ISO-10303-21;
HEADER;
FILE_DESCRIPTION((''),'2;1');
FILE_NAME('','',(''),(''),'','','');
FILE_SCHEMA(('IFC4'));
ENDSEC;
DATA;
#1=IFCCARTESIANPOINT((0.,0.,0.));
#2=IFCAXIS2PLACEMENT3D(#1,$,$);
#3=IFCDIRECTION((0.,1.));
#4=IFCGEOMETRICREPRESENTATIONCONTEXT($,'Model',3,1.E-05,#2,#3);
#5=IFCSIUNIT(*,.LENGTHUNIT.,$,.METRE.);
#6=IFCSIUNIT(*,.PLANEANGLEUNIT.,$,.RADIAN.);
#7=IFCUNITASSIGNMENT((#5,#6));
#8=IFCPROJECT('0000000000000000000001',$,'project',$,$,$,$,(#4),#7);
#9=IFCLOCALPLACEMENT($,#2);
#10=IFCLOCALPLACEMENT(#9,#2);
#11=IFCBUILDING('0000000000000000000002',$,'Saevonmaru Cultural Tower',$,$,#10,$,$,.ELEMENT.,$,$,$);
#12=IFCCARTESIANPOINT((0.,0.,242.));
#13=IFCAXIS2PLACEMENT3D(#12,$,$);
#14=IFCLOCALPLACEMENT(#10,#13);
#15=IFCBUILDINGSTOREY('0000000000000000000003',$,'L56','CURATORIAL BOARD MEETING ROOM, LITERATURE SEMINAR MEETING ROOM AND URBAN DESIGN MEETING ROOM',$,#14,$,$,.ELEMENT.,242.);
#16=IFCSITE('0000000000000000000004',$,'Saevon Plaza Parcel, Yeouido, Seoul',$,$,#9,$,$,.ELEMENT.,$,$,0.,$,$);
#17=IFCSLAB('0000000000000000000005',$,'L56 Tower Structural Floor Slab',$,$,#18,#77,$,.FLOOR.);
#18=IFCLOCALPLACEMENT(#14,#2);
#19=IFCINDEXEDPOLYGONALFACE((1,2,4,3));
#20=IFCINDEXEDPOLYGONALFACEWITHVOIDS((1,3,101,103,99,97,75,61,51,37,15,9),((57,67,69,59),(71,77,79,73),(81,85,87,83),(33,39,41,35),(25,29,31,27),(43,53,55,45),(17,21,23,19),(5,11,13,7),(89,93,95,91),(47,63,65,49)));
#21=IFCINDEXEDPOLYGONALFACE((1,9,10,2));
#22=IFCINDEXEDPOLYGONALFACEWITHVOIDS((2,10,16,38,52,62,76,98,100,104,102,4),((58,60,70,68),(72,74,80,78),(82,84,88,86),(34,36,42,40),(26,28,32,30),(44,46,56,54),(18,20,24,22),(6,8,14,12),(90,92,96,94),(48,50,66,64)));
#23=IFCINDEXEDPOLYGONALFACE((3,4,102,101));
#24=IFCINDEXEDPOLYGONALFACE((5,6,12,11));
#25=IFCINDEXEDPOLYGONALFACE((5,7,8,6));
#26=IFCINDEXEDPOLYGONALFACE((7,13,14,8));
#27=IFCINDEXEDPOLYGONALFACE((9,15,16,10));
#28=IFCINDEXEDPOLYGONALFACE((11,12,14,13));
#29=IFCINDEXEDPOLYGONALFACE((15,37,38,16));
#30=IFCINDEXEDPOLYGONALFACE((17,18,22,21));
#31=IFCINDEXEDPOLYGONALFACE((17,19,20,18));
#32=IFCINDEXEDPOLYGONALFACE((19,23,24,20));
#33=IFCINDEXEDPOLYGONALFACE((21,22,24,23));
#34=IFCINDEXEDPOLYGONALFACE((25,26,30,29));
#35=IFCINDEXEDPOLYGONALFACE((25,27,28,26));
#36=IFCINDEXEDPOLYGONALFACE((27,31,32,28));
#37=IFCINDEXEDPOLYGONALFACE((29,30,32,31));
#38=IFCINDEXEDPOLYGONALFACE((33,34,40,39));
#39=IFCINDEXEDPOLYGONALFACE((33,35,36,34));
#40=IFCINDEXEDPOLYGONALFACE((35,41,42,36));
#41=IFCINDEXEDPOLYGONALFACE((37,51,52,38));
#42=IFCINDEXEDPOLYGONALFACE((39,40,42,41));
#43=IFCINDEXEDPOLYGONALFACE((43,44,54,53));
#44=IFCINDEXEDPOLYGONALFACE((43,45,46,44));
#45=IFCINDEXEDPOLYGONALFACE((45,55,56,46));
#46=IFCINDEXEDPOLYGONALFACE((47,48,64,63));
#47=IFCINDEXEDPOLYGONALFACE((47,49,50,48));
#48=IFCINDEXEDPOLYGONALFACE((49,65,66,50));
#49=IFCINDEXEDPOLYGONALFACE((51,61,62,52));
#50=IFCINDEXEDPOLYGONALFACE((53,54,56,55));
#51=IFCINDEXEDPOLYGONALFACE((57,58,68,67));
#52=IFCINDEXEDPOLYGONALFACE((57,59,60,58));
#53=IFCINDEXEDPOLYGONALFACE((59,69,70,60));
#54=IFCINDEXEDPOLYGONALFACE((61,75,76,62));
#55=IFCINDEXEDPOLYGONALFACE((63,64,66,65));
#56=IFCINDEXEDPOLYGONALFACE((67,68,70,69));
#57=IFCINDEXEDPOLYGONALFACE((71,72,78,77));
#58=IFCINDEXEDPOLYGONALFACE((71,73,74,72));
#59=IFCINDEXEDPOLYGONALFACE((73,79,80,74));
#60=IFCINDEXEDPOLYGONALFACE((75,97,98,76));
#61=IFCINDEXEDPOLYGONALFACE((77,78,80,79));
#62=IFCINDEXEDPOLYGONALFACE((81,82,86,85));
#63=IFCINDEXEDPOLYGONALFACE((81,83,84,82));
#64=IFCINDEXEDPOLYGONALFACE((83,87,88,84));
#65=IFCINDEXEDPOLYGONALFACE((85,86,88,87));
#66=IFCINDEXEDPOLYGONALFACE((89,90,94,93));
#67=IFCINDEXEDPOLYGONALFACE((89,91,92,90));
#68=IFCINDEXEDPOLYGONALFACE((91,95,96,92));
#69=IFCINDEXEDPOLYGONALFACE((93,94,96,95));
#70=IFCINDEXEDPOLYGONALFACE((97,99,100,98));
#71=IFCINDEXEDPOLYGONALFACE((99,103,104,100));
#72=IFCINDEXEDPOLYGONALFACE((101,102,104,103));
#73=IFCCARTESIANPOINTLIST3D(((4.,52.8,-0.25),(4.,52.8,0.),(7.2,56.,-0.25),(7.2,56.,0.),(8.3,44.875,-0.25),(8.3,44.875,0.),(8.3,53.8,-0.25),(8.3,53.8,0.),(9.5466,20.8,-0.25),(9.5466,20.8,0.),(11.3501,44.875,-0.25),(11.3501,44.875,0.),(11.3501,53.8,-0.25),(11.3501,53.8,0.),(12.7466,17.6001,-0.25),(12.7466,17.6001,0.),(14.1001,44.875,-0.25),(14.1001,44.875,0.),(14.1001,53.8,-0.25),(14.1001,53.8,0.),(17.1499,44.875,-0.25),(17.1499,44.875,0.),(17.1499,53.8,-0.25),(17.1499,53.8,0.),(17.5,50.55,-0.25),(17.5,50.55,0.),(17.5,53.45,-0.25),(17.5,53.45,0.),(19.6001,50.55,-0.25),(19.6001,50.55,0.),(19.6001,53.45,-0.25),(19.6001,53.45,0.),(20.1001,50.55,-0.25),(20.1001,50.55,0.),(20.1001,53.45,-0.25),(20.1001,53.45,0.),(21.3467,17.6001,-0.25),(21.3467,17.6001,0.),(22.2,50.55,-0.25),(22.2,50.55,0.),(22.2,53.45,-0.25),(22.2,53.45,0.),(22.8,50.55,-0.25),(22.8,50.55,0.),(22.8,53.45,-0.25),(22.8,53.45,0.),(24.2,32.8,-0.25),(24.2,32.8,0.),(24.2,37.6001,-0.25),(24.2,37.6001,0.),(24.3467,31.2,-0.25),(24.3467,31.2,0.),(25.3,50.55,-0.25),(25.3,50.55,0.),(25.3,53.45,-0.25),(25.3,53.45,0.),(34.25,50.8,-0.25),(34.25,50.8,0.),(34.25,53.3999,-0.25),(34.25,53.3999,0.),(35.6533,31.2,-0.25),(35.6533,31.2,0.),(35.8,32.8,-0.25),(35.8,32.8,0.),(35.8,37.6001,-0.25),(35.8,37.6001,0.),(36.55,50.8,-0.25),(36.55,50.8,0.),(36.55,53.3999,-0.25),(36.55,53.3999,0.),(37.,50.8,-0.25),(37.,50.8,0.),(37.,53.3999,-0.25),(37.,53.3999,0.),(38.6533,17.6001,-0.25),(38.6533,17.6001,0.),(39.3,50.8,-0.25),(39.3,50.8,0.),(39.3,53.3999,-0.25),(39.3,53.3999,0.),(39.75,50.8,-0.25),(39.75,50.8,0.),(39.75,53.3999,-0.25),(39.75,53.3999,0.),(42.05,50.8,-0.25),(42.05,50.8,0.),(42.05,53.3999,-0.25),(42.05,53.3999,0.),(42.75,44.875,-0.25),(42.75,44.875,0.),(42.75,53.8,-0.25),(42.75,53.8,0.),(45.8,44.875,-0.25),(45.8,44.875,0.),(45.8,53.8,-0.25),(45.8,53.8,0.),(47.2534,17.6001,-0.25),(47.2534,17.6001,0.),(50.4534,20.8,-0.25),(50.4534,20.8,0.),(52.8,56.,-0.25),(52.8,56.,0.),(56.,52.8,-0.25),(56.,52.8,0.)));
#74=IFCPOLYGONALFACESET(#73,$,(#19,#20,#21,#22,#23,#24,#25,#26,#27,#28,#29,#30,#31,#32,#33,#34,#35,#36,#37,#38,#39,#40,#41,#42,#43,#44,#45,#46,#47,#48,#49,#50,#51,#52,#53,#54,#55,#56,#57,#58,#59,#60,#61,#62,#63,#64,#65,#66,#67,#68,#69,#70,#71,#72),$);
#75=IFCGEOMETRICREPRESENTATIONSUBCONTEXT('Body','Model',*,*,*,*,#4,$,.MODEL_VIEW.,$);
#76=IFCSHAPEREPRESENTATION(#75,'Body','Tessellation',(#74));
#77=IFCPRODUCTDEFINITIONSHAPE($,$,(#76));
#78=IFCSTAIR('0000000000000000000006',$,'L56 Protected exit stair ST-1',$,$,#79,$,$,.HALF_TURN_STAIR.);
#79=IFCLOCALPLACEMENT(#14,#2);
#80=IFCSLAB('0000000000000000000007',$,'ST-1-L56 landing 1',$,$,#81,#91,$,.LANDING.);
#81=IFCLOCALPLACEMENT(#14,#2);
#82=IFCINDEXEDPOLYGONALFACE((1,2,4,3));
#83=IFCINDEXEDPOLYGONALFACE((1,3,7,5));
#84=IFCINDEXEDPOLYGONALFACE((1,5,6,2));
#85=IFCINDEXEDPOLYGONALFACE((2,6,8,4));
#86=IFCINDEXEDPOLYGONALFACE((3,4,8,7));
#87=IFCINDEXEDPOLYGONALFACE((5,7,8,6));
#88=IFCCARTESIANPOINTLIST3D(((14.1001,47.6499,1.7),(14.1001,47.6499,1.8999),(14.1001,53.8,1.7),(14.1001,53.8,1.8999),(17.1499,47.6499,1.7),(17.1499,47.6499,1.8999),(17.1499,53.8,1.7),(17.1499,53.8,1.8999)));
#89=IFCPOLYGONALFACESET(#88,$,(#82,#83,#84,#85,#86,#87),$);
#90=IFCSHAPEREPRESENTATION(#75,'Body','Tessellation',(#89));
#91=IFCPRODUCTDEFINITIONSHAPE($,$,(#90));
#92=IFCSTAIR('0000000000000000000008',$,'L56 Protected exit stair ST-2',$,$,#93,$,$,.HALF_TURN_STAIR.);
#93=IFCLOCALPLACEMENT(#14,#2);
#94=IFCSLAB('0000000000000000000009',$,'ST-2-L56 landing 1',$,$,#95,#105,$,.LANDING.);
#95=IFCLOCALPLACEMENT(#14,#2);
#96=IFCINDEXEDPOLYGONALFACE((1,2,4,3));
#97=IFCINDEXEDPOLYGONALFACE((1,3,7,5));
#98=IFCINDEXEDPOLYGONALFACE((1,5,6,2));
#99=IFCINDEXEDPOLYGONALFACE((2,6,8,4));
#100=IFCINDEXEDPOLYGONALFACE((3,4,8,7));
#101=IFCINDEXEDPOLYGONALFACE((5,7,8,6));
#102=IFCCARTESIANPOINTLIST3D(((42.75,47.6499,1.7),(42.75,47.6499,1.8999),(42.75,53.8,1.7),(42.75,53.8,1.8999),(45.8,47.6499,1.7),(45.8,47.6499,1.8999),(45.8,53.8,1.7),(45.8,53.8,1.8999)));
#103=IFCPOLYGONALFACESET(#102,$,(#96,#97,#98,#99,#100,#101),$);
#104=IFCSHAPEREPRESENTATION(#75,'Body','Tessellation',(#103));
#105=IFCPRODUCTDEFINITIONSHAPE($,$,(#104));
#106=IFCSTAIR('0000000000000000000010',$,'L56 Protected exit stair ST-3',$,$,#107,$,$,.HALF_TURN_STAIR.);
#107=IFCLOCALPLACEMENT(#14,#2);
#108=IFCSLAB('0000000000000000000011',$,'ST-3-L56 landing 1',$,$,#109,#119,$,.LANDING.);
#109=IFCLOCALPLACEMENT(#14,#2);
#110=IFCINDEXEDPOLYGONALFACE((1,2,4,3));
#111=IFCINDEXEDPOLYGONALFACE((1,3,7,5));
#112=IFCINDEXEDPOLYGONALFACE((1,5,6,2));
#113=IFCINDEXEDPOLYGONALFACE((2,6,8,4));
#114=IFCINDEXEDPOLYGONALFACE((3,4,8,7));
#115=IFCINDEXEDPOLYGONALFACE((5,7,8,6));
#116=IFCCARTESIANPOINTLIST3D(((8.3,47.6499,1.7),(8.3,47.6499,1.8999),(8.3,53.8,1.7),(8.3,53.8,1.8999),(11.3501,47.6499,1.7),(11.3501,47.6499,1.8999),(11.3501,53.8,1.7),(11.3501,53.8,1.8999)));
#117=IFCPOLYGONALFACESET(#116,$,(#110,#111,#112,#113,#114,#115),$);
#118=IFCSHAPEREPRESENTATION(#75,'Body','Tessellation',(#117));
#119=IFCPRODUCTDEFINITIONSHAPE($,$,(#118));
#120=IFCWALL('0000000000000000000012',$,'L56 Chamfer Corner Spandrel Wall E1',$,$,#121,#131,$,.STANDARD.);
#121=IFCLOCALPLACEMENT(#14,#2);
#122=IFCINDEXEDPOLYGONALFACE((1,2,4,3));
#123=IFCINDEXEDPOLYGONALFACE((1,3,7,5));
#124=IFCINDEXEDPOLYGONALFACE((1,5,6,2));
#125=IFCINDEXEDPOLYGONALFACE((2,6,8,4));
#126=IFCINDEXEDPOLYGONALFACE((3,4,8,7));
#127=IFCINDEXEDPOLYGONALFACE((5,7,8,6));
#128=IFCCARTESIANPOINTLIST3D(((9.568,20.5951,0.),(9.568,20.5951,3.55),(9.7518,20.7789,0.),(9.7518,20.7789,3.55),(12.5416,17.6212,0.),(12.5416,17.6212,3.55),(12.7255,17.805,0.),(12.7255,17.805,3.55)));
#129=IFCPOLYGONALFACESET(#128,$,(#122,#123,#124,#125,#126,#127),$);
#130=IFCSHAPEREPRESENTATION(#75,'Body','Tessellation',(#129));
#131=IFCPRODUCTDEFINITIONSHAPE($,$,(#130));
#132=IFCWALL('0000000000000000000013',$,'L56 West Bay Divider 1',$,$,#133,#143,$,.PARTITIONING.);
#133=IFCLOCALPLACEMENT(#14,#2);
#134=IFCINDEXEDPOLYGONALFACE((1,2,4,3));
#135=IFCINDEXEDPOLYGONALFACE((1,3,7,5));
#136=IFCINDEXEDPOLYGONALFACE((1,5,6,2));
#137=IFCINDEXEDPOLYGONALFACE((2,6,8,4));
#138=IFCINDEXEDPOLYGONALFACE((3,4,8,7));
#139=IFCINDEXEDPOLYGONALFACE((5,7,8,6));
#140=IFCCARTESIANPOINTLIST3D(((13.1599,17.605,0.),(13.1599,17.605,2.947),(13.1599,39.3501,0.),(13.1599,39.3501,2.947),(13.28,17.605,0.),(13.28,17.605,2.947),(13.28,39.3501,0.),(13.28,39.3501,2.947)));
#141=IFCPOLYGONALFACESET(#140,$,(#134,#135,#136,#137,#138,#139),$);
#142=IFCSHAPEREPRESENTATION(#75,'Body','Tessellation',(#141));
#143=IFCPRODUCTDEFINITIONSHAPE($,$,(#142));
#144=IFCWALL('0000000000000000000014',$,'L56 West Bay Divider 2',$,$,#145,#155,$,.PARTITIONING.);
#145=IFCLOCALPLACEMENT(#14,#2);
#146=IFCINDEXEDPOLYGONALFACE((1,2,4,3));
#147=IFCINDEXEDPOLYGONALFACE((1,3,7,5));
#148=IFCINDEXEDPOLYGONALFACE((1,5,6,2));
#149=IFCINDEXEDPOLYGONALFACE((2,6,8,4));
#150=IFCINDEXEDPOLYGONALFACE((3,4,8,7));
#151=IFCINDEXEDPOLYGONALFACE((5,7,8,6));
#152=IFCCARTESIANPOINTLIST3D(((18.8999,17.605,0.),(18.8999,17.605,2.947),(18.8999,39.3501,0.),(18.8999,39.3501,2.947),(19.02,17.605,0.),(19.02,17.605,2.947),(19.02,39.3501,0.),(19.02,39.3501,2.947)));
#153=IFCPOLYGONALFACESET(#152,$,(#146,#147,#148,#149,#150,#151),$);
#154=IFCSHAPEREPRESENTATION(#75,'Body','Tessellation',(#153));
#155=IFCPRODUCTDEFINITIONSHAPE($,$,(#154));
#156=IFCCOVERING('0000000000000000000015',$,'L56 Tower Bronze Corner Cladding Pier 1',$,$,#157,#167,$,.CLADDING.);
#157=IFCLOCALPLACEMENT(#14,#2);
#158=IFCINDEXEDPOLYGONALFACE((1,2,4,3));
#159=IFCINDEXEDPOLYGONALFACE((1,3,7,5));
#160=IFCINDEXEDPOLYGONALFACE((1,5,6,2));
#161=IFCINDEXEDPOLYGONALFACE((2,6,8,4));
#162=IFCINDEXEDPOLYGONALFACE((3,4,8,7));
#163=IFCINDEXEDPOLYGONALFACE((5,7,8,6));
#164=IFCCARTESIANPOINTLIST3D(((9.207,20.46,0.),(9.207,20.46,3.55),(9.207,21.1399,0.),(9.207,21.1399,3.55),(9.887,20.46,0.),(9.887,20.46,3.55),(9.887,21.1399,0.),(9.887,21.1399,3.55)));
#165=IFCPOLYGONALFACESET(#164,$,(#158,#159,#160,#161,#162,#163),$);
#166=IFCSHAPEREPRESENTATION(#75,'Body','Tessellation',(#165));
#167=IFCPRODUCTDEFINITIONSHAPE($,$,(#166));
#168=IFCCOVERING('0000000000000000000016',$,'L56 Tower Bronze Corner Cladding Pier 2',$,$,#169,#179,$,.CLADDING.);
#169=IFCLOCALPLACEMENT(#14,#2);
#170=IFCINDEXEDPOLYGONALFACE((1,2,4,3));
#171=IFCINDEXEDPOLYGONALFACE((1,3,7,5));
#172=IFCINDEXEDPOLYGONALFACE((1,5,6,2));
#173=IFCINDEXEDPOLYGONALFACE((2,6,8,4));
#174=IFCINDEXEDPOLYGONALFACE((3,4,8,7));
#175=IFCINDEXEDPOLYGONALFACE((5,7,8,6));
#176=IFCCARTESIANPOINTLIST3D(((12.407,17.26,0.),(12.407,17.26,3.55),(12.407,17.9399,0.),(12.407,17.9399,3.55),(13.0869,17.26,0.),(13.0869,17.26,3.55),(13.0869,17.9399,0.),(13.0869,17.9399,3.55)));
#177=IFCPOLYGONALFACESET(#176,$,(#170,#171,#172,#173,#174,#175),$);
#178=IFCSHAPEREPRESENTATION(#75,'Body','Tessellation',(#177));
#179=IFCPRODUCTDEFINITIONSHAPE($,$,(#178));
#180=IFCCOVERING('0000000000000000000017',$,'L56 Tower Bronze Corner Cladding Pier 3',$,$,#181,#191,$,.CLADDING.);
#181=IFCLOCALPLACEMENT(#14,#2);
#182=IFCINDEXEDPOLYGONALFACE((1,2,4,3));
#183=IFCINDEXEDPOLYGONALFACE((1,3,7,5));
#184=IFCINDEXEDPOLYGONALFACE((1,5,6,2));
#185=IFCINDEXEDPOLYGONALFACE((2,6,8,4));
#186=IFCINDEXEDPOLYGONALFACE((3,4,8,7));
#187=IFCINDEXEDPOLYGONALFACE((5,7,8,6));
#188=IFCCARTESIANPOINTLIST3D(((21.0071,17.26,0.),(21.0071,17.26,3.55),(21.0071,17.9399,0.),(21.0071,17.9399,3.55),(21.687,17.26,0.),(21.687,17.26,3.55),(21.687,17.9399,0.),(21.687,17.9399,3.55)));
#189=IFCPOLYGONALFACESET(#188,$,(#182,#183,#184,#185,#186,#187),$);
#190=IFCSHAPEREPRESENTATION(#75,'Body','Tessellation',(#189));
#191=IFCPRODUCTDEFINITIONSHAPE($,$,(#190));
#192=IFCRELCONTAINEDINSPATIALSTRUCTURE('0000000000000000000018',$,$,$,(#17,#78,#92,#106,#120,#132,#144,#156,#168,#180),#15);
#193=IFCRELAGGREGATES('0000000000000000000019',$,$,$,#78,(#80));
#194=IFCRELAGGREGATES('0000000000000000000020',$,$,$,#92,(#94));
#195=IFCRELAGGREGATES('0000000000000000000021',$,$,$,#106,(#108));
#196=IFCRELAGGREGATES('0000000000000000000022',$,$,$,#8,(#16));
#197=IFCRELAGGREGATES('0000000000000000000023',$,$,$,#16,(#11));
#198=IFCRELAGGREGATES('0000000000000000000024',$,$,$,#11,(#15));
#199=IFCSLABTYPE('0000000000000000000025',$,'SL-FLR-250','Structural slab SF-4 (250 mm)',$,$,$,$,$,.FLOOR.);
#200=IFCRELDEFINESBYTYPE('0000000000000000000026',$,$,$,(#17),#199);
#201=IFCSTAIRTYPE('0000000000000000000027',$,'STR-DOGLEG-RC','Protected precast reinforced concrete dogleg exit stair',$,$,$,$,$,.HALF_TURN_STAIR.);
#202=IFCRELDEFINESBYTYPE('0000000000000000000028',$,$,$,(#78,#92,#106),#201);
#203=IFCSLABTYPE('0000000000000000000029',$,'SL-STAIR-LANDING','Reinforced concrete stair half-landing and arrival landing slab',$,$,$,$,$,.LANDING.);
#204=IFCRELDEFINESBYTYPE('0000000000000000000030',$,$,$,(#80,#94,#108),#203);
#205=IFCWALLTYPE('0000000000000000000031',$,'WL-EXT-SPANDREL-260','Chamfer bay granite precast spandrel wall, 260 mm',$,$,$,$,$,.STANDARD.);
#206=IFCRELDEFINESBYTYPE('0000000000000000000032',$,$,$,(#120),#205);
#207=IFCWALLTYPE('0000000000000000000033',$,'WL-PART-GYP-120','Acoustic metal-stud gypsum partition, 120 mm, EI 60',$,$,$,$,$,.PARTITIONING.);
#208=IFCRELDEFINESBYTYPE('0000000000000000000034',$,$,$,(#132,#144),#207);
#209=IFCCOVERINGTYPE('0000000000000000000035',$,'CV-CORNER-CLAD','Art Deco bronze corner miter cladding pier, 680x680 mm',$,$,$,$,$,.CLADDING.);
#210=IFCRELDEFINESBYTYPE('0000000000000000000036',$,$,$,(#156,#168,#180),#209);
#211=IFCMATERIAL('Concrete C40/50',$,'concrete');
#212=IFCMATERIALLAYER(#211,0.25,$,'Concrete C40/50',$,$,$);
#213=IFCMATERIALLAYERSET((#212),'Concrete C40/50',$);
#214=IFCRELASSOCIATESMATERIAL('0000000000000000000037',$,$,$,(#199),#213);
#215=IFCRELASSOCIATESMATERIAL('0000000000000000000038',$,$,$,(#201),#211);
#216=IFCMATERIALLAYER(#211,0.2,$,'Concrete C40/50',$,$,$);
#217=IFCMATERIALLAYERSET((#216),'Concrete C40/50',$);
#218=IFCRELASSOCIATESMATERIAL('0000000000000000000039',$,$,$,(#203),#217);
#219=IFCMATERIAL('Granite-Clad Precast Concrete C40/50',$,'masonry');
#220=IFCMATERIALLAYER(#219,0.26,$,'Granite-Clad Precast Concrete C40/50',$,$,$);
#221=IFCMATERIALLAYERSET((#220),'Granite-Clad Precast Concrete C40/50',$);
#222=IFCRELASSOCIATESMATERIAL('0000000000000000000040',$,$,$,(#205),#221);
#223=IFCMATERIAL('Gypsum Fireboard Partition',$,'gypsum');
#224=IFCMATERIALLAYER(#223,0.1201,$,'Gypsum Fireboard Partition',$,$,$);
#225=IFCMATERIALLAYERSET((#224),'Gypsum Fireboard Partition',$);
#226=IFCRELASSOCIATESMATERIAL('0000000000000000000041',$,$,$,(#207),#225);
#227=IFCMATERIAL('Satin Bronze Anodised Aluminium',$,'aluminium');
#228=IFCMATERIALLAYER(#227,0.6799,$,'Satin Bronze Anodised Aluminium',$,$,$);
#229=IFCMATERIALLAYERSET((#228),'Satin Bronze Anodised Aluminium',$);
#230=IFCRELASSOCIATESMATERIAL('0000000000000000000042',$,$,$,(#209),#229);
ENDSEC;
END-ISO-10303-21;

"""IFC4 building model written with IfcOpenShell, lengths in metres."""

from ifc_helpers import new_model, si_unit, direction, frame, frame_2d, origin, place, context, subcontext, project, spatial, polyline, rectangle, outline, extrude, material, layer, layer_set, type_object, element, aggregate, save


model = new_model("IFC4")

# Units and contexts
model_context = context("Model", 3, precision=1e-05, world=origin(), true_north=direction((0.0, 1.0)))
body_context = subcontext(model_context, "Body", "Model", "MODEL_VIEW")
ifc_project = project(units=[si_unit("LENGTHUNIT", "METRE"), si_unit("PLANEANGLEUNIT", "RADIAN")], contexts=[model_context])

# Site, building, storey
site_placement = place(None, origin())
site = spatial("IfcSite", under=ifc_project, at=site_placement, Name="Saevon Plaza Parcel, Yeouido, Seoul", CompositionType="ELEMENT", RefElevation=0.0)
building_placement = place(site_placement, origin())
building = spatial("IfcBuilding", under=site, at=building_placement, Name="Saevonmaru Cultural Tower", CompositionType="ELEMENT")
storey_placement = place(building_placement, frame((0.0, 0.0, 242.0)))
storey = spatial("IfcBuildingStorey", under=building, at=storey_placement, Name="L56", Description="CURATORIAL BOARD MEETING ROOM, LITERATURE SEMINAR MEETING ROOM AND URBAN DESIGN MEETING ROOM", CompositionType="ELEMENT", Elevation=242.0)

# Shared definitions
ifc_material_1 = material(Name="Satin Bronze Anodised Aluminium", Category="aluminium")

# Slab
ifc_material_2 = material(Name="Concrete C40/50", Category="concrete")
ifc_layer_1 = layer(ifc_material_2, 0.25, Name="Concrete C40/50")
ifc_layer_set_1 = layer_set([ifc_layer_1], Name="Concrete C40/50")
slab_type_1 = type_object("IfcSlabType", Name="SL-FLR-250", Description="Structural slab SF-4 (250 mm)", PredefinedType="FLOOR", material=ifc_layer_set_1)
slab_1_placement = place(storey_placement, frame((0.0, 0.0, -0.25)))
element("IfcSlab", 1, at=slab_1_placement, inside=storey, type_object=slab_type_1, Name="L56 Tower Structural Floor Slab", PredefinedType="FLOOR", context=body_context, shape_type="SweptSolid", body=[
    extrude(outline(polyline([(9.5466, 20.8), (12.7466, 17.6001), (21.3467, 17.6001), (24.3467, 31.2), (35.6533, 31.2), (38.6533, 17.6001), (47.2534, 17.6001), (50.4534, 20.8), (56.0, 52.8), (52.8, 56.0), (7.2, 56.0), (4.0, 52.8), (9.5466, 20.8)]), holes=[polyline([(45.8, 44.875), (42.75, 44.875), (42.75, 53.8), (45.8, 53.8), (45.8, 44.875)]), polyline([(39.75, 50.8), (39.75, 53.3999), (42.05, 53.3999), (42.05, 50.8), (39.75, 50.8)]), polyline([(37.0, 50.8), (37.0, 53.3999), (39.3, 53.3999), (39.3, 50.8), (37.0, 50.8)]), polyline([(36.55, 50.8), (34.25, 50.8), (34.25, 53.3999), (36.55, 53.3999), (36.55, 50.8)]), polyline([(35.8, 32.8), (24.2, 32.8), (24.2, 37.6001), (35.8, 37.6001), (35.8, 32.8)]), polyline([(25.3, 50.55), (22.8, 50.55), (22.8, 53.45), (25.3, 53.45), (25.3, 50.55)]), polyline([(22.2, 50.55), (20.1001, 50.55), (20.1001, 53.45), (22.2, 53.45), (22.2, 50.55)]), polyline([(17.5, 50.55), (17.5, 53.45), (19.6001, 53.45), (19.6001, 50.55), (17.5, 50.55)]), polyline([(17.1499, 53.8), (17.1499, 44.875), (14.1001, 44.875), (14.1001, 53.8), (17.1499, 53.8)]), polyline([(11.3501, 53.8), (11.3501, 44.875), (8.3, 44.875), (8.3, 53.8), (11.3501, 53.8)])]), origin(), (0.0, 0.0, 1.0), 0.25),
])

# Stairs, slabs
stair_type = type_object("IfcStairType", Name="STR-DOGLEG-RC", Description="Protected precast reinforced concrete dogleg exit stair", PredefinedType="HALF_TURN_STAIR", material=ifc_material_2)
stair_1_placement = place(storey_placement, origin())
stair_1 = element("IfcStair", 2, at=stair_1_placement, inside=storey, type_object=stair_type, Name="L56 Protected exit stair ST-1", PredefinedType="HALF_TURN_STAIR")
ifc_layer_2 = layer(ifc_material_2, 0.2, Name="Concrete C40/50")
ifc_layer_set_2 = layer_set([ifc_layer_2], Name="Concrete C40/50")
slab_type_2 = type_object("IfcSlabType", Name="SL-STAIR-LANDING", Description="Reinforced concrete stair half-landing and arrival landing slab", PredefinedType="LANDING", material=ifc_layer_set_2)
slab_2_placement = place(storey_placement, frame((0.0, 0.0, 1.7)))
slab_2 = element("IfcSlab", 3, at=slab_2_placement, type_object=slab_type_2, Name="ST-1-L56 landing 1", PredefinedType="LANDING", context=body_context, shape_type="SweptSolid", body=[
    extrude(outline(polyline([(17.1499, 47.6499), (17.1499, 53.8), (14.1001, 53.8), (14.1001, 47.6499), (17.1499, 47.6499)])), origin(), (0.0, 0.0, 1.0), 0.2),
])
aggregate(stair_1, [slab_2])
stair_2_placement = place(storey_placement, origin())
stair_2 = element("IfcStair", 4, at=stair_2_placement, inside=storey, type_object=stair_type, Name="L56 Protected exit stair ST-2", PredefinedType="HALF_TURN_STAIR")
slab_3_placement = place(storey_placement, frame((0.0, 0.0, 1.7)))
slab_3 = element("IfcSlab", 5, at=slab_3_placement, type_object=slab_type_2, Name="ST-2-L56 landing 1", PredefinedType="LANDING", context=body_context, shape_type="SweptSolid", body=[
    extrude(outline(polyline([(45.8, 47.6499), (45.8, 53.8), (42.75, 53.8), (42.75, 47.6499), (45.8, 47.6499)])), origin(), (0.0, 0.0, 1.0), 0.2),
])
aggregate(stair_2, [slab_3])
stair_3_placement = place(storey_placement, origin())
stair_3 = element("IfcStair", 6, at=stair_3_placement, inside=storey, type_object=stair_type, Name="L56 Protected exit stair ST-3", PredefinedType="HALF_TURN_STAIR")
slab_4_placement = place(storey_placement, frame((0.0, 0.0, 1.7)))
slab_4 = element("IfcSlab", 7, at=slab_4_placement, type_object=slab_type_2, Name="ST-3-L56 landing 1", PredefinedType="LANDING", context=body_context, shape_type="SweptSolid", body=[
    extrude(outline(polyline([(11.3501, 47.6499), (11.3501, 53.8), (8.3, 53.8), (8.3, 47.6499), (11.3501, 47.6499)])), origin(), (0.0, 0.0, 1.0), 0.2),
])
aggregate(stair_3, [slab_4])

# Walls
ifc_material_3 = material(Name="Granite-Clad Precast Concrete C40/50", Category="masonry")
ifc_layer_3 = layer(ifc_material_3, 0.26, Name="Granite-Clad Precast Concrete C40/50")
ifc_layer_set_3 = layer_set([ifc_layer_3], Name="Granite-Clad Precast Concrete C40/50")
wall_type_1 = type_object("IfcWallType", Name="WL-EXT-SPANDREL-260", Description="Chamfer bay granite precast spandrel wall, 260 mm", PredefinedType="STANDARD", material=ifc_layer_set_3)
wall_placement = place(storey_placement, frame((9.6599, 20.687, 0.0), z_axis=(0.0, 0.0, 1.0), x_axis=(0.707078, -0.707136, 0.0)))
element("IfcWall", 8, at=wall_placement, inside=storey, type_object=wall_type_1, Name="L56 Chamfer Corner Spandrel Wall E1", PredefinedType="STANDARD", context=body_context, shape_type="SweptSolid", body=[
    extrude(rectangle(XDim=4.2056, YDim=0.26, at=frame_2d((2.1028, 0.0))), origin(), (0.0, 0.0, 1.0), 3.55),
])
ifc_material_4 = material(Name="Gypsum Fireboard Partition", Category="gypsum")
ifc_layer_4 = layer(ifc_material_4, 0.1201, Name="Gypsum Fireboard Partition")
ifc_layer_set_4 = layer_set([ifc_layer_4], Name="Gypsum Fireboard Partition")
wall_type_2 = type_object("IfcWallType", Name="WL-PART-GYP-120", Description="Acoustic metal-stud gypsum partition, 120 mm, EI 60", PredefinedType="PARTITIONING", material=ifc_layer_set_4)
for number, where, z_axis, x_axis, name in (
    (9, (13.22, 17.605, 0.0), (0.0, 0.0, 1.0), (0.0, 1.0, 0.0), "L56 West Bay Divider 1"),
    (10, (18.96, 17.605, 0.0), (0.0, 0.0, 1.0), (0.0, 1.0, 0.0), "L56 West Bay Divider 2"),
):
    element("IfcWall", number, at=place(storey_placement, frame(where, z_axis=z_axis, x_axis=x_axis)), inside=storey, type_object=wall_type_2, Name=name, PredefinedType="PARTITIONING", context=body_context, shape_type="SweptSolid", body=[
        extrude(rectangle(XDim=21.7451, YDim=0.1201, at=frame_2d((10.8726, 0.0))), origin(), (0.0, 0.0, 1.0), 2.947),
    ])

# Coverings
ifc_layer_5 = layer(ifc_material_1, 0.6799, Name="Satin Bronze Anodised Aluminium")
ifc_layer_set_5 = layer_set([ifc_layer_5], Name="Satin Bronze Anodised Aluminium")
covering_type = type_object("IfcCoveringType", Name="CV-CORNER-CLAD", Description="Art Deco bronze corner miter cladding pier, 680x680 mm", PredefinedType="CLADDING", material=ifc_layer_set_5)
covering_1_placement = place(storey_placement, origin())
element("IfcCovering", 11, at=covering_1_placement, inside=storey, type_object=covering_type, Name="L56 Tower Bronze Corner Cladding Pier 1", PredefinedType="CLADDING", context=body_context, shape_type="SweptSolid", body=[
    extrude(outline(polyline([(9.207, 20.46), (9.887, 20.46), (9.887, 21.1399), (9.207, 21.1399), (9.207, 20.46)])), origin(), (0.0, 0.0, 1.0), 3.55),
])
covering_2_placement = place(storey_placement, origin())
element("IfcCovering", 12, at=covering_2_placement, inside=storey, type_object=covering_type, Name="L56 Tower Bronze Corner Cladding Pier 2", PredefinedType="CLADDING", context=body_context, shape_type="SweptSolid", body=[
    extrude(outline(polyline([(12.407, 17.26), (13.0869, 17.26), (13.0869, 17.9399), (12.407, 17.9399), (12.407, 17.26)])), origin(), (0.0, 0.0, 1.0), 3.55),
])
covering_3_placement = place(storey_placement, origin())
element("IfcCovering", 13, at=covering_3_placement, inside=storey, type_object=covering_type, Name="L56 Tower Bronze Corner Cladding Pier 3", PredefinedType="CLADDING", context=body_context, shape_type="SweptSolid", body=[
    extrude(outline(polyline([(21.0071, 17.26), (21.687, 17.26), (21.687, 17.9399), (21.0071, 17.9399), (21.0071, 17.26)])), origin(), (0.0, 0.0, 1.0), 3.55),
])

save(model, "model.ifc")
